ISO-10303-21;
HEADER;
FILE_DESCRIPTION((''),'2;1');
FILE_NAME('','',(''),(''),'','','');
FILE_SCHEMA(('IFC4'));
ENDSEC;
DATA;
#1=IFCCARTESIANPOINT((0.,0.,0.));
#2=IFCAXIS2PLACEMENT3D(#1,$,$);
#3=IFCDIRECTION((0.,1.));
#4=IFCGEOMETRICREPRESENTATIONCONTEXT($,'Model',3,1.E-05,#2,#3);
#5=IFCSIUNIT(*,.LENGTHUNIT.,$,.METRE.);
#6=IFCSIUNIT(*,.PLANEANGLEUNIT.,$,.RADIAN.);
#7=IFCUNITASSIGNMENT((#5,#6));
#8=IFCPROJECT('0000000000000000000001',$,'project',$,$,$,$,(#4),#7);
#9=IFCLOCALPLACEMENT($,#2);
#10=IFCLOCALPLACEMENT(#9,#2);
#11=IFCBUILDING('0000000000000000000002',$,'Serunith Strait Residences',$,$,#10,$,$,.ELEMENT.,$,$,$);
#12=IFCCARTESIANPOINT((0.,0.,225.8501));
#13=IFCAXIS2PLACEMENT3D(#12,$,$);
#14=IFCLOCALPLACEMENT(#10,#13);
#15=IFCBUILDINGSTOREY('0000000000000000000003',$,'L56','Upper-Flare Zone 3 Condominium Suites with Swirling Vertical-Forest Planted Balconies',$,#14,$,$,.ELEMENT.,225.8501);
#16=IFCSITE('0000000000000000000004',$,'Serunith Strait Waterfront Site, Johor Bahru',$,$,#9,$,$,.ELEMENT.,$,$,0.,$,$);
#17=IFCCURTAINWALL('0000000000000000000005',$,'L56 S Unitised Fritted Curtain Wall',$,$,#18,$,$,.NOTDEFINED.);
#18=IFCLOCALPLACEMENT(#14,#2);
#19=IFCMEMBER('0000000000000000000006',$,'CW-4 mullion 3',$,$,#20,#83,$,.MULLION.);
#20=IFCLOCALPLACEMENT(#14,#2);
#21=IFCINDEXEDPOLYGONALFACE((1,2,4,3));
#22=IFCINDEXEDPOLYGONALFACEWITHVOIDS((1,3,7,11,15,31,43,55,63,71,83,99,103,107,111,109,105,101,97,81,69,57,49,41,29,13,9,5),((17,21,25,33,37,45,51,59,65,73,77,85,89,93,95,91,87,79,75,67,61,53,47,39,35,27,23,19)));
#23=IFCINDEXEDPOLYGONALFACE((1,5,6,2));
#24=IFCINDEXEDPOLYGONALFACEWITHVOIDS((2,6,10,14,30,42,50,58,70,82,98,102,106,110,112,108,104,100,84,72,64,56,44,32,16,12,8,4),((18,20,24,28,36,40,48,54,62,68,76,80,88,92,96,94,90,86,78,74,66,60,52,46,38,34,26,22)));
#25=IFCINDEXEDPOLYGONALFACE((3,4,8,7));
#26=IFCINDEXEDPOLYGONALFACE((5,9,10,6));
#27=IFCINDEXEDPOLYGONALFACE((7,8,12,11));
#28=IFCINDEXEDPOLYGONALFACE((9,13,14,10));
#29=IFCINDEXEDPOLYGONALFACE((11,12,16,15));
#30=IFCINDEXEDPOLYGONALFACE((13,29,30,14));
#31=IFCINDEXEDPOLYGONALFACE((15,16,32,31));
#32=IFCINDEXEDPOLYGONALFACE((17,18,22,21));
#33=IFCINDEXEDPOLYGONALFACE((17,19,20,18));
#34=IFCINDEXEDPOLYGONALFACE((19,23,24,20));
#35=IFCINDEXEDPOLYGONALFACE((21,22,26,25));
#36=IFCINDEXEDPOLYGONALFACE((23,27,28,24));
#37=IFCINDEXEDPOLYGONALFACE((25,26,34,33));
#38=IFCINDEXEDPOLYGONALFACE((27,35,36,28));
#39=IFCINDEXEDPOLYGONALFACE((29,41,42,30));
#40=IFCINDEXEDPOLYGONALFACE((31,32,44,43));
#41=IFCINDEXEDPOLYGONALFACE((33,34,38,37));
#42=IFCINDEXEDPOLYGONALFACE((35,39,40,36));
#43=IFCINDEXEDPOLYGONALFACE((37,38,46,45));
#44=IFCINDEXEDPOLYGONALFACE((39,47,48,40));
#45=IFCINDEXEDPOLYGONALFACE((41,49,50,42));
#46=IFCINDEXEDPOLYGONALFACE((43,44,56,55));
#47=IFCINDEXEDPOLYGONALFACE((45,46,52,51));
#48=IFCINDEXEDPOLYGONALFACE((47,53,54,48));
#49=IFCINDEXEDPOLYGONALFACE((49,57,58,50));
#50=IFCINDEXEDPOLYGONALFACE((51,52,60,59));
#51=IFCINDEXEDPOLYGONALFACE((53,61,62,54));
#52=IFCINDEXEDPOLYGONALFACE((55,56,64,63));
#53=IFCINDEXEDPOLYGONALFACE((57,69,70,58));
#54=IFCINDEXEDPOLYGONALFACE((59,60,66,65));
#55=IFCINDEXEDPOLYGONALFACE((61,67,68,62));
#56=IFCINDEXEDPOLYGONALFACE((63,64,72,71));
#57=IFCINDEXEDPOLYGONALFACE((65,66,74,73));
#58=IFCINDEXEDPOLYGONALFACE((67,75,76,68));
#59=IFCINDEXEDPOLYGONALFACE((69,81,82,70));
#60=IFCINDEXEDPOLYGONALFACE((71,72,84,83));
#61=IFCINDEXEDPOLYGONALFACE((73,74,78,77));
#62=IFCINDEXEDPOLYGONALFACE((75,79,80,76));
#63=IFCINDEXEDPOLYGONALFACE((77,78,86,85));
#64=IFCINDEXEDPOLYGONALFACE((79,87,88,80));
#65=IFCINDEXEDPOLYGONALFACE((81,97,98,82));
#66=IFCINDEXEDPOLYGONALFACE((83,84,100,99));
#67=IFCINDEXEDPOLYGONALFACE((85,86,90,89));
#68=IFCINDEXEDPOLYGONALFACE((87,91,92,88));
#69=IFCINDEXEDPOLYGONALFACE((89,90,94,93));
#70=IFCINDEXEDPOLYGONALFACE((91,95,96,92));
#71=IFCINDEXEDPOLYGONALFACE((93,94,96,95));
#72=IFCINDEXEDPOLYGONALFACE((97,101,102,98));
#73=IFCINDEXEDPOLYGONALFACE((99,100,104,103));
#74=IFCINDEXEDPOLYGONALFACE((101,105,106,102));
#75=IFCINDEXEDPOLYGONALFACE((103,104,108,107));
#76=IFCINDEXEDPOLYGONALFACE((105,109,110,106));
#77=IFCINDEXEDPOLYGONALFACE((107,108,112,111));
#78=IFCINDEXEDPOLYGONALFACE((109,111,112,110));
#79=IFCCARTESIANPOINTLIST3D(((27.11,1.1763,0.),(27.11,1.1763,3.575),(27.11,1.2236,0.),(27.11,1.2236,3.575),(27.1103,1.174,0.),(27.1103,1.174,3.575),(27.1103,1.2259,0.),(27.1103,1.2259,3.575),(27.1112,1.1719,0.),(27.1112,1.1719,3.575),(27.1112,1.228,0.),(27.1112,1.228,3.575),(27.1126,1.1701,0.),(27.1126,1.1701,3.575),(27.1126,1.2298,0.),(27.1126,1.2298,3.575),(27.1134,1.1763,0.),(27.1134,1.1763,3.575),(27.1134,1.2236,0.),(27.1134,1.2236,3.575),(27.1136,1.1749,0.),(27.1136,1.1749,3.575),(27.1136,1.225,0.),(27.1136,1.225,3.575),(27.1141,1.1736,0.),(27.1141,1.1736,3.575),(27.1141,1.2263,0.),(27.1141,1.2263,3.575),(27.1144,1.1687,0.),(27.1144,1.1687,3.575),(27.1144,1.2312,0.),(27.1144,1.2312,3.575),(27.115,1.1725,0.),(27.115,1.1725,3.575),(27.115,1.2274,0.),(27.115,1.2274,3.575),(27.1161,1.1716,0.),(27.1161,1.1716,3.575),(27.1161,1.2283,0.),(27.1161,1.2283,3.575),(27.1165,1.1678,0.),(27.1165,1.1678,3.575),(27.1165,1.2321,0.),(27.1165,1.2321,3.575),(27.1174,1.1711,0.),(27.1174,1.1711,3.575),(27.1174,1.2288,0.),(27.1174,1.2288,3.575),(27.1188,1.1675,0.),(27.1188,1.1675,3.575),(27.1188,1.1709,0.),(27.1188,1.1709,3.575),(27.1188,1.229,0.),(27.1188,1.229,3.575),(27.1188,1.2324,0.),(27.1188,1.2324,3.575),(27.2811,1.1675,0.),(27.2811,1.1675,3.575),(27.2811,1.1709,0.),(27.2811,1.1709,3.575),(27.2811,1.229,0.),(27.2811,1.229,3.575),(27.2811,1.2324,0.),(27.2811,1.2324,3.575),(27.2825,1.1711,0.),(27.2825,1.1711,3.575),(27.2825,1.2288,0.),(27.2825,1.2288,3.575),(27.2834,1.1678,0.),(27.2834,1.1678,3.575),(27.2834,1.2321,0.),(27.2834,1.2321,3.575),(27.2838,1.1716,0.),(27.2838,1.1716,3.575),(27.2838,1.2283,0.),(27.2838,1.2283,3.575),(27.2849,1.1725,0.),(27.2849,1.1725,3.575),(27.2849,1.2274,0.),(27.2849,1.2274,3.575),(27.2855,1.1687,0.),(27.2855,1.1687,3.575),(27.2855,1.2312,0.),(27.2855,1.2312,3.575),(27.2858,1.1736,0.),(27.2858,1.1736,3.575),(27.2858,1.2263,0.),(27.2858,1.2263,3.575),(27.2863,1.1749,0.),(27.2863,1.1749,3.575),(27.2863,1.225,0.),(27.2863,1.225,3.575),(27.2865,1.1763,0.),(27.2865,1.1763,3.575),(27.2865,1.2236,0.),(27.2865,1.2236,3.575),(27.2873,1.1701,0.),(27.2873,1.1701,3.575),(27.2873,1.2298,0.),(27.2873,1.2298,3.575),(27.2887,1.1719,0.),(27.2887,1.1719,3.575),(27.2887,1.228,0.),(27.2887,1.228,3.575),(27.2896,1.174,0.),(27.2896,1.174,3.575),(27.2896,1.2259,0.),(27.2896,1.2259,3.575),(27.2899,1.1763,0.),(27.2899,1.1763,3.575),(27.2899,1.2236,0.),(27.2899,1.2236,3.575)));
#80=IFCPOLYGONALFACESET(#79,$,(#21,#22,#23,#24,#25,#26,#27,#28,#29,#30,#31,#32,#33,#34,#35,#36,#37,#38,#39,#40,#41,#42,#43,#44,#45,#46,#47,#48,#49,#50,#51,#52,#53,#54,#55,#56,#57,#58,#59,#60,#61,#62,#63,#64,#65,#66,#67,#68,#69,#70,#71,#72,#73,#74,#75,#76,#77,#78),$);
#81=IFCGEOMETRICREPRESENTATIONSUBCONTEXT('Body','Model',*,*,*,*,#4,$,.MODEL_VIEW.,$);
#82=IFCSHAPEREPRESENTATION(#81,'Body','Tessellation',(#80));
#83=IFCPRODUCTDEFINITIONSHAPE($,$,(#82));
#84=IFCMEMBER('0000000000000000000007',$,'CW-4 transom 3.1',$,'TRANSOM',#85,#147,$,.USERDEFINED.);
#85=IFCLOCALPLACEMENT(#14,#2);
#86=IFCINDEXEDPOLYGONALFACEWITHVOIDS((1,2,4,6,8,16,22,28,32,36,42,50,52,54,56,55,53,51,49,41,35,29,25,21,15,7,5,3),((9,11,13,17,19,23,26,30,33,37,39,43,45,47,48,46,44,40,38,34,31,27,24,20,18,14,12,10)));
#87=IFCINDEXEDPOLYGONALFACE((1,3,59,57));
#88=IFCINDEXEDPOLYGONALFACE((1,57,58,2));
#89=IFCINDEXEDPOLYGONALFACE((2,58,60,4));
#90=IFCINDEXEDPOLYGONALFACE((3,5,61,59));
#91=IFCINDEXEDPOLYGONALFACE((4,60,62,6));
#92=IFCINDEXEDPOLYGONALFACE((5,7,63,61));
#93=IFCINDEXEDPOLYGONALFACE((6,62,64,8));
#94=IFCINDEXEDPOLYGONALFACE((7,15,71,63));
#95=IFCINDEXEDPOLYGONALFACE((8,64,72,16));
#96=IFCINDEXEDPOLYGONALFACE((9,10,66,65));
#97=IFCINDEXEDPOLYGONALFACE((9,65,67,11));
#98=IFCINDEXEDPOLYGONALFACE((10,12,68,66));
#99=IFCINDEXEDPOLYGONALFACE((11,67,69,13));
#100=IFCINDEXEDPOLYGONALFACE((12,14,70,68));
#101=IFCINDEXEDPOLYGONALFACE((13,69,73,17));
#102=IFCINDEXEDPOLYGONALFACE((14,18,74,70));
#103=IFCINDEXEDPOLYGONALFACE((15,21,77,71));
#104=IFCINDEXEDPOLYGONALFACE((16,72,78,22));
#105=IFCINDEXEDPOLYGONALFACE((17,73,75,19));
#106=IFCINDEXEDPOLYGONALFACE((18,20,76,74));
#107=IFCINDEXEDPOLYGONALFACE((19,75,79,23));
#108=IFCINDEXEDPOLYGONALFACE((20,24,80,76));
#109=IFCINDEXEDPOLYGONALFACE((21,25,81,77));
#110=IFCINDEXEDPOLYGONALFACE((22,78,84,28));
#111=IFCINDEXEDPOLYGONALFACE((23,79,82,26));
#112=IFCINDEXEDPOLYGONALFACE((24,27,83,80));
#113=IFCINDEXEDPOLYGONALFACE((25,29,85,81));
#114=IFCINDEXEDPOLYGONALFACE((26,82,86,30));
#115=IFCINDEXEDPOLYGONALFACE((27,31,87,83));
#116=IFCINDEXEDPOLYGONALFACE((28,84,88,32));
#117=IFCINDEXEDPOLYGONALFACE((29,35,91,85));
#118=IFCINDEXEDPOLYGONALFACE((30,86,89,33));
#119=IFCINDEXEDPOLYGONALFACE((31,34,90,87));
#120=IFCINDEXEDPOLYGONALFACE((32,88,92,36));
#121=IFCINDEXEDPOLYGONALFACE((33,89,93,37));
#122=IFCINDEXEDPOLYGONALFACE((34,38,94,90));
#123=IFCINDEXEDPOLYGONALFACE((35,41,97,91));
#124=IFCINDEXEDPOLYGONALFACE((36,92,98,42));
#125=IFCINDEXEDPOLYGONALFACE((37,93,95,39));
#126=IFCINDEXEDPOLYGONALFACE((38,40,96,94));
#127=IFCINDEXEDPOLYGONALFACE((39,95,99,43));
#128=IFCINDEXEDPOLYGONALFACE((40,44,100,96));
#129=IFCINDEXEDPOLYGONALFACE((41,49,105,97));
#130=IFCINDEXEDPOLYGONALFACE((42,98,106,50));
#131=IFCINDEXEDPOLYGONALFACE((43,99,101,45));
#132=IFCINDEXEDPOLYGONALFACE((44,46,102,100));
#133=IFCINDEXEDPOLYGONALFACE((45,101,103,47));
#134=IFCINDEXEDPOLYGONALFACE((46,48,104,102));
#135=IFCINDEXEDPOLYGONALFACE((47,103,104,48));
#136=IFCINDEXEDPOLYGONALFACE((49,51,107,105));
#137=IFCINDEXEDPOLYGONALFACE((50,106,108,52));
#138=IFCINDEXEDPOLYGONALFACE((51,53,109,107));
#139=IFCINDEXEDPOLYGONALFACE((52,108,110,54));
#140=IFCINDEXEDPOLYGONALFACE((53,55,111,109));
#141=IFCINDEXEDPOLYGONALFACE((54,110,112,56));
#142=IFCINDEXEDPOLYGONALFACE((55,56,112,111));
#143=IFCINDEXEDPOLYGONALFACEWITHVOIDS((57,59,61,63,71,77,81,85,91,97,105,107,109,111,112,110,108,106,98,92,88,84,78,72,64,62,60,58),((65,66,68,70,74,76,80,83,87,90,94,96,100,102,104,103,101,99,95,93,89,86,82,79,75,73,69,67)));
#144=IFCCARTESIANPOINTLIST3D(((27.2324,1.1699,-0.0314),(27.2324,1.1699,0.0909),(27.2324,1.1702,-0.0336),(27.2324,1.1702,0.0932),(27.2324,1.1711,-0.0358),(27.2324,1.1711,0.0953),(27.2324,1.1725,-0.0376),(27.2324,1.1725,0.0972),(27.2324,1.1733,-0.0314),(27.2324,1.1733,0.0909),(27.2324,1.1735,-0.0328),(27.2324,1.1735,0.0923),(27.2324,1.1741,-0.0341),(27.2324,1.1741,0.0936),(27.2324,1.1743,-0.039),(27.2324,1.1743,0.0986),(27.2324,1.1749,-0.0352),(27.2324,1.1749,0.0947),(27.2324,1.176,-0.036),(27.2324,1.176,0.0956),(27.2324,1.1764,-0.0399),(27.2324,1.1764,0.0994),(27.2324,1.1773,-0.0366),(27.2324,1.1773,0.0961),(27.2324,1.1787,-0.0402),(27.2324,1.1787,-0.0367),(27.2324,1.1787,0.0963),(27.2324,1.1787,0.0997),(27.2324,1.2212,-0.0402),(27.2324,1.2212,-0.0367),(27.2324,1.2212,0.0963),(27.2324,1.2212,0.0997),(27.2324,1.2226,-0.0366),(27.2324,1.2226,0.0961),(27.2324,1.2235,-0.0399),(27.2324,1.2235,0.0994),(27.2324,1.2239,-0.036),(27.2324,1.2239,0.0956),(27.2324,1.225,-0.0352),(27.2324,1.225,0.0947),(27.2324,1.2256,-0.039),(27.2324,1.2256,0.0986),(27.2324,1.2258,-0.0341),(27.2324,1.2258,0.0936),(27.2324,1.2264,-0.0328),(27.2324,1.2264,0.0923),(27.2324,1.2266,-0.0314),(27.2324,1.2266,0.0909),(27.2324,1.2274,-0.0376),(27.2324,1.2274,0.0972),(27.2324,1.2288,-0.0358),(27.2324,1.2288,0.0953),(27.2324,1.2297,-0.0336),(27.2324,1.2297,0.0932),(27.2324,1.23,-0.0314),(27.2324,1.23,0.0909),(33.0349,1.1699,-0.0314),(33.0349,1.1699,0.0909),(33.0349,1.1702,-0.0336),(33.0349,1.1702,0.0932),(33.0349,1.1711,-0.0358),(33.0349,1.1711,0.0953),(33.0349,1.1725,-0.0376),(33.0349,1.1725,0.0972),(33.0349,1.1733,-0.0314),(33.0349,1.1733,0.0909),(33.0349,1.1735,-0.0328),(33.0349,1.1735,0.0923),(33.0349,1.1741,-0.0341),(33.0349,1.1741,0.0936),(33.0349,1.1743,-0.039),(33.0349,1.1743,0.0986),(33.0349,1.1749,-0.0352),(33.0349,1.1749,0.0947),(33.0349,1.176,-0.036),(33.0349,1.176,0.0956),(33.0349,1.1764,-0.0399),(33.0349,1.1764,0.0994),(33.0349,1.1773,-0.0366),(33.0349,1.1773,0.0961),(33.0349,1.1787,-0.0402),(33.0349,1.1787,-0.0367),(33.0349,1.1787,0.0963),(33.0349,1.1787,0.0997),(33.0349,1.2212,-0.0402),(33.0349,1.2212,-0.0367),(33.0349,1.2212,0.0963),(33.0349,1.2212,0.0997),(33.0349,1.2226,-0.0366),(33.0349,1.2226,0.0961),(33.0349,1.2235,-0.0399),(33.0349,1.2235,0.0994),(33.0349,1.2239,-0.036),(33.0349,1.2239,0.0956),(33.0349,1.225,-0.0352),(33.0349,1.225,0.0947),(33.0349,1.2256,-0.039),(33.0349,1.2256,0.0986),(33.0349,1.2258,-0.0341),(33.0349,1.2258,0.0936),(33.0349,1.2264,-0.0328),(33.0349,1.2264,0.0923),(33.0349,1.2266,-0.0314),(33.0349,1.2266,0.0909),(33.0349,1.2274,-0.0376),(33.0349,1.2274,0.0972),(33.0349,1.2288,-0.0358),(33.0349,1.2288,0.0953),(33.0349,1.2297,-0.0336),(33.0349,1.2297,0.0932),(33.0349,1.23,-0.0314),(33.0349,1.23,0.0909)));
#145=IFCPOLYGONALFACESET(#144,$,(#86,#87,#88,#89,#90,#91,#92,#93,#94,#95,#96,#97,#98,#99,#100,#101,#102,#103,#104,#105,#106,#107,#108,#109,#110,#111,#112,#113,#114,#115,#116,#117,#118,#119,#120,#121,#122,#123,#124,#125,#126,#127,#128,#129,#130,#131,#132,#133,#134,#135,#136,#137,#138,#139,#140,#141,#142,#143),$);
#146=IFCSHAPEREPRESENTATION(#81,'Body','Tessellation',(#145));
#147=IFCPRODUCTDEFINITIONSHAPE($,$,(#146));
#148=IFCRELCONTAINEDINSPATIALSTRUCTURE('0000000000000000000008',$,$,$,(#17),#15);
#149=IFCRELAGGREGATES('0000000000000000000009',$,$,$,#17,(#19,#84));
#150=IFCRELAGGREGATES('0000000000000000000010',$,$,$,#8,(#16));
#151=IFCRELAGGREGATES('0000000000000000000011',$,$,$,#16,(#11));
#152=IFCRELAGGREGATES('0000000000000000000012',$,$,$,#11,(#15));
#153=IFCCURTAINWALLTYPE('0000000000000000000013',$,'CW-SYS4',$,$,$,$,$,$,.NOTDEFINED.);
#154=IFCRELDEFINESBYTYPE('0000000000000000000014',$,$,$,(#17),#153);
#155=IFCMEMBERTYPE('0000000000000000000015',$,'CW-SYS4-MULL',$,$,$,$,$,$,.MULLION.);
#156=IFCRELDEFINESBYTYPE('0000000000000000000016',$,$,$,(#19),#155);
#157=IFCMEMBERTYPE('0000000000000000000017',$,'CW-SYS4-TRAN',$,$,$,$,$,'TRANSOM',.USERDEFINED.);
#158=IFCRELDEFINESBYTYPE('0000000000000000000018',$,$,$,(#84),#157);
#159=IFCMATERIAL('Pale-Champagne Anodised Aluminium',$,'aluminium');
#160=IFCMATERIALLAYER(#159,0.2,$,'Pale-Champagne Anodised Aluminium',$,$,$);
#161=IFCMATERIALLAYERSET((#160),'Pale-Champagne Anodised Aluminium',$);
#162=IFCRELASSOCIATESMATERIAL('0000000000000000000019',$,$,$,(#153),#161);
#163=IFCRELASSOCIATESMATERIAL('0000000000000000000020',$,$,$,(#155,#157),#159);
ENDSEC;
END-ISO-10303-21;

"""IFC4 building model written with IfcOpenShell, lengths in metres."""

from ifc_helpers import new_model, si_unit, direction, frame, origin, origin_2d, place, context, subcontext, project, spatial, hollow_rectangle, extrude, source, transform, mapped, material, layer, layer_set, material_profile, profile_set, type_object, element, aggregate, save


model = new_model("IFC4")

# Units and contexts
model_context = context("Model", 3, precision=1e-05, world=origin(), true_north=direction((0.0, 1.0)))
body_context = subcontext(model_context, "Body", "Model", "MODEL_VIEW")
ifc_project = project(units=[si_unit("LENGTHUNIT", "METRE"), si_unit("PLANEANGLEUNIT", "RADIAN")], contexts=[model_context])

# Site, building, storey
site_placement = place(None, origin())
site = spatial("IfcSite", under=ifc_project, at=site_placement, Name="Serunith Strait Waterfront Site, Johor Bahru", CompositionType="ELEMENT", RefElevation=0.0)
building_placement = place(site_placement, origin())
building = spatial("IfcBuilding", under=site, at=building_placement, Name="Serunith Strait Residences", CompositionType="ELEMENT")
storey_placement = place(building_placement, frame((0.0, 0.0, 225.8501)))
storey = spatial("IfcBuildingStorey", under=building, at=storey_placement, Name="L56", Description="Upper-Flare Zone 3 Condominium Suites with Swirling Vertical-Forest Planted Balconies", CompositionType="ELEMENT", Elevation=225.8501)

# Curtain wall, members
ifc_material_1 = material(Name="Pale-Champagne Anodised Aluminium", Category="aluminium")
ifc_layer_1 = layer(ifc_material_1, 0.2, Name="Pale-Champagne Anodised Aluminium")
ifc_layer_set_1 = layer_set([ifc_layer_1], Name="Pale-Champagne Anodised Aluminium")
curtain_wall_type = type_object("IfcCurtainWallType", Name="CW-SYS4", PredefinedType="NOTDEFINED", material=ifc_layer_set_1)
curtain_wall_placement = place(storey_placement, origin())
curtain_wall = element("IfcCurtainWall", 1, at=curtain_wall_placement, inside=storey, type_object=curtain_wall_type, Name="L56 S Unitised Fritted Curtain Wall", PredefinedType="NOTDEFINED")
ifc_material_profile_1 = material_profile(ifc_material_1, hollow_rectangle(XDim=0.0649, YDim=0.1799, WallThickness=0.0034, InnerFilletRadius=0.0054, OuterFilletRadius=0.0088, at=origin_2d()), Name="ALU 180x65x3.5")
ifc_profile_set_1 = profile_set([ifc_material_profile_1], Name="Pale-Champagne Anodised Aluminium")
member_type_1 = type_object("IfcMemberType", Name="CW-SYS4-MULL", PredefinedType="MULLION", material=ifc_profile_set_1)
shared_shape_1 = source(origin(), body_context, "Body", "SweptSolid", [
    extrude(hollow_rectangle(XDim=0.0649, YDim=0.1799, WallThickness=0.0034, InnerFilletRadius=0.0054, OuterFilletRadius=0.0088, at=origin_2d()), origin(), (0.0, 0.0, 1.0), 3.575),
])
member_1_placement = place(storey_placement, frame((27.2, 1.2, 0.0), z_axis=(0.0, 0.0, 1.0), x_axis=(0.0, 1.0, 0.0)))
member_1 = element("IfcMember", 2, at=member_1_placement, type_object=member_type_1, Name="CW-4 mullion 3", PredefinedType="MULLION", context=body_context, shape_type="MappedRepresentation", body=[
    mapped(shared_shape_1, transform((0.0, 0.0, 0.0), scale=1.0)),
])
ifc_material_profile_2 = material_profile(ifc_material_1, hollow_rectangle(XDim=0.0601, YDim=0.1399, WallThickness=0.0034, InnerFilletRadius=0.0054, OuterFilletRadius=0.0088, at=origin_2d()), Name="ALU 140x60x3.5")
ifc_profile_set_2 = profile_set([ifc_material_profile_2], Name="Pale-Champagne Anodised Aluminium")
member_type_2 = type_object("IfcMemberType", Name="CW-SYS4-TRAN", ElementType="TRANSOM", PredefinedType="USERDEFINED", material=ifc_profile_set_2)
shared_shape_2 = source(origin(), body_context, "Body", "SweptSolid", [
    extrude(hollow_rectangle(XDim=0.0601, YDim=0.1399, WallThickness=0.0034, InnerFilletRadius=0.0054, OuterFilletRadius=0.0088, at=origin_2d()), origin(), (0.0, 0.0, 1.0), 5.8025),
])
member_2_placement = place(storey_placement, frame((27.2324, 1.2, 0.0298), z_axis=(1.0, 0.0, 0.0), x_axis=(0.0, 1.0, 0.0)))
member_2 = element("IfcMember", 3, at=member_2_placement, type_object=member_type_2, Name="CW-4 transom 3.1", ObjectType="TRANSOM", PredefinedType="USERDEFINED", context=body_context, shape_type="MappedRepresentation", body=[
    mapped(shared_shape_2, transform((0.0, 0.0, 0.0), scale=1.0)),
])
aggregate(curtain_wall, [member_1, member_2])

save(model, "model.ifc")
